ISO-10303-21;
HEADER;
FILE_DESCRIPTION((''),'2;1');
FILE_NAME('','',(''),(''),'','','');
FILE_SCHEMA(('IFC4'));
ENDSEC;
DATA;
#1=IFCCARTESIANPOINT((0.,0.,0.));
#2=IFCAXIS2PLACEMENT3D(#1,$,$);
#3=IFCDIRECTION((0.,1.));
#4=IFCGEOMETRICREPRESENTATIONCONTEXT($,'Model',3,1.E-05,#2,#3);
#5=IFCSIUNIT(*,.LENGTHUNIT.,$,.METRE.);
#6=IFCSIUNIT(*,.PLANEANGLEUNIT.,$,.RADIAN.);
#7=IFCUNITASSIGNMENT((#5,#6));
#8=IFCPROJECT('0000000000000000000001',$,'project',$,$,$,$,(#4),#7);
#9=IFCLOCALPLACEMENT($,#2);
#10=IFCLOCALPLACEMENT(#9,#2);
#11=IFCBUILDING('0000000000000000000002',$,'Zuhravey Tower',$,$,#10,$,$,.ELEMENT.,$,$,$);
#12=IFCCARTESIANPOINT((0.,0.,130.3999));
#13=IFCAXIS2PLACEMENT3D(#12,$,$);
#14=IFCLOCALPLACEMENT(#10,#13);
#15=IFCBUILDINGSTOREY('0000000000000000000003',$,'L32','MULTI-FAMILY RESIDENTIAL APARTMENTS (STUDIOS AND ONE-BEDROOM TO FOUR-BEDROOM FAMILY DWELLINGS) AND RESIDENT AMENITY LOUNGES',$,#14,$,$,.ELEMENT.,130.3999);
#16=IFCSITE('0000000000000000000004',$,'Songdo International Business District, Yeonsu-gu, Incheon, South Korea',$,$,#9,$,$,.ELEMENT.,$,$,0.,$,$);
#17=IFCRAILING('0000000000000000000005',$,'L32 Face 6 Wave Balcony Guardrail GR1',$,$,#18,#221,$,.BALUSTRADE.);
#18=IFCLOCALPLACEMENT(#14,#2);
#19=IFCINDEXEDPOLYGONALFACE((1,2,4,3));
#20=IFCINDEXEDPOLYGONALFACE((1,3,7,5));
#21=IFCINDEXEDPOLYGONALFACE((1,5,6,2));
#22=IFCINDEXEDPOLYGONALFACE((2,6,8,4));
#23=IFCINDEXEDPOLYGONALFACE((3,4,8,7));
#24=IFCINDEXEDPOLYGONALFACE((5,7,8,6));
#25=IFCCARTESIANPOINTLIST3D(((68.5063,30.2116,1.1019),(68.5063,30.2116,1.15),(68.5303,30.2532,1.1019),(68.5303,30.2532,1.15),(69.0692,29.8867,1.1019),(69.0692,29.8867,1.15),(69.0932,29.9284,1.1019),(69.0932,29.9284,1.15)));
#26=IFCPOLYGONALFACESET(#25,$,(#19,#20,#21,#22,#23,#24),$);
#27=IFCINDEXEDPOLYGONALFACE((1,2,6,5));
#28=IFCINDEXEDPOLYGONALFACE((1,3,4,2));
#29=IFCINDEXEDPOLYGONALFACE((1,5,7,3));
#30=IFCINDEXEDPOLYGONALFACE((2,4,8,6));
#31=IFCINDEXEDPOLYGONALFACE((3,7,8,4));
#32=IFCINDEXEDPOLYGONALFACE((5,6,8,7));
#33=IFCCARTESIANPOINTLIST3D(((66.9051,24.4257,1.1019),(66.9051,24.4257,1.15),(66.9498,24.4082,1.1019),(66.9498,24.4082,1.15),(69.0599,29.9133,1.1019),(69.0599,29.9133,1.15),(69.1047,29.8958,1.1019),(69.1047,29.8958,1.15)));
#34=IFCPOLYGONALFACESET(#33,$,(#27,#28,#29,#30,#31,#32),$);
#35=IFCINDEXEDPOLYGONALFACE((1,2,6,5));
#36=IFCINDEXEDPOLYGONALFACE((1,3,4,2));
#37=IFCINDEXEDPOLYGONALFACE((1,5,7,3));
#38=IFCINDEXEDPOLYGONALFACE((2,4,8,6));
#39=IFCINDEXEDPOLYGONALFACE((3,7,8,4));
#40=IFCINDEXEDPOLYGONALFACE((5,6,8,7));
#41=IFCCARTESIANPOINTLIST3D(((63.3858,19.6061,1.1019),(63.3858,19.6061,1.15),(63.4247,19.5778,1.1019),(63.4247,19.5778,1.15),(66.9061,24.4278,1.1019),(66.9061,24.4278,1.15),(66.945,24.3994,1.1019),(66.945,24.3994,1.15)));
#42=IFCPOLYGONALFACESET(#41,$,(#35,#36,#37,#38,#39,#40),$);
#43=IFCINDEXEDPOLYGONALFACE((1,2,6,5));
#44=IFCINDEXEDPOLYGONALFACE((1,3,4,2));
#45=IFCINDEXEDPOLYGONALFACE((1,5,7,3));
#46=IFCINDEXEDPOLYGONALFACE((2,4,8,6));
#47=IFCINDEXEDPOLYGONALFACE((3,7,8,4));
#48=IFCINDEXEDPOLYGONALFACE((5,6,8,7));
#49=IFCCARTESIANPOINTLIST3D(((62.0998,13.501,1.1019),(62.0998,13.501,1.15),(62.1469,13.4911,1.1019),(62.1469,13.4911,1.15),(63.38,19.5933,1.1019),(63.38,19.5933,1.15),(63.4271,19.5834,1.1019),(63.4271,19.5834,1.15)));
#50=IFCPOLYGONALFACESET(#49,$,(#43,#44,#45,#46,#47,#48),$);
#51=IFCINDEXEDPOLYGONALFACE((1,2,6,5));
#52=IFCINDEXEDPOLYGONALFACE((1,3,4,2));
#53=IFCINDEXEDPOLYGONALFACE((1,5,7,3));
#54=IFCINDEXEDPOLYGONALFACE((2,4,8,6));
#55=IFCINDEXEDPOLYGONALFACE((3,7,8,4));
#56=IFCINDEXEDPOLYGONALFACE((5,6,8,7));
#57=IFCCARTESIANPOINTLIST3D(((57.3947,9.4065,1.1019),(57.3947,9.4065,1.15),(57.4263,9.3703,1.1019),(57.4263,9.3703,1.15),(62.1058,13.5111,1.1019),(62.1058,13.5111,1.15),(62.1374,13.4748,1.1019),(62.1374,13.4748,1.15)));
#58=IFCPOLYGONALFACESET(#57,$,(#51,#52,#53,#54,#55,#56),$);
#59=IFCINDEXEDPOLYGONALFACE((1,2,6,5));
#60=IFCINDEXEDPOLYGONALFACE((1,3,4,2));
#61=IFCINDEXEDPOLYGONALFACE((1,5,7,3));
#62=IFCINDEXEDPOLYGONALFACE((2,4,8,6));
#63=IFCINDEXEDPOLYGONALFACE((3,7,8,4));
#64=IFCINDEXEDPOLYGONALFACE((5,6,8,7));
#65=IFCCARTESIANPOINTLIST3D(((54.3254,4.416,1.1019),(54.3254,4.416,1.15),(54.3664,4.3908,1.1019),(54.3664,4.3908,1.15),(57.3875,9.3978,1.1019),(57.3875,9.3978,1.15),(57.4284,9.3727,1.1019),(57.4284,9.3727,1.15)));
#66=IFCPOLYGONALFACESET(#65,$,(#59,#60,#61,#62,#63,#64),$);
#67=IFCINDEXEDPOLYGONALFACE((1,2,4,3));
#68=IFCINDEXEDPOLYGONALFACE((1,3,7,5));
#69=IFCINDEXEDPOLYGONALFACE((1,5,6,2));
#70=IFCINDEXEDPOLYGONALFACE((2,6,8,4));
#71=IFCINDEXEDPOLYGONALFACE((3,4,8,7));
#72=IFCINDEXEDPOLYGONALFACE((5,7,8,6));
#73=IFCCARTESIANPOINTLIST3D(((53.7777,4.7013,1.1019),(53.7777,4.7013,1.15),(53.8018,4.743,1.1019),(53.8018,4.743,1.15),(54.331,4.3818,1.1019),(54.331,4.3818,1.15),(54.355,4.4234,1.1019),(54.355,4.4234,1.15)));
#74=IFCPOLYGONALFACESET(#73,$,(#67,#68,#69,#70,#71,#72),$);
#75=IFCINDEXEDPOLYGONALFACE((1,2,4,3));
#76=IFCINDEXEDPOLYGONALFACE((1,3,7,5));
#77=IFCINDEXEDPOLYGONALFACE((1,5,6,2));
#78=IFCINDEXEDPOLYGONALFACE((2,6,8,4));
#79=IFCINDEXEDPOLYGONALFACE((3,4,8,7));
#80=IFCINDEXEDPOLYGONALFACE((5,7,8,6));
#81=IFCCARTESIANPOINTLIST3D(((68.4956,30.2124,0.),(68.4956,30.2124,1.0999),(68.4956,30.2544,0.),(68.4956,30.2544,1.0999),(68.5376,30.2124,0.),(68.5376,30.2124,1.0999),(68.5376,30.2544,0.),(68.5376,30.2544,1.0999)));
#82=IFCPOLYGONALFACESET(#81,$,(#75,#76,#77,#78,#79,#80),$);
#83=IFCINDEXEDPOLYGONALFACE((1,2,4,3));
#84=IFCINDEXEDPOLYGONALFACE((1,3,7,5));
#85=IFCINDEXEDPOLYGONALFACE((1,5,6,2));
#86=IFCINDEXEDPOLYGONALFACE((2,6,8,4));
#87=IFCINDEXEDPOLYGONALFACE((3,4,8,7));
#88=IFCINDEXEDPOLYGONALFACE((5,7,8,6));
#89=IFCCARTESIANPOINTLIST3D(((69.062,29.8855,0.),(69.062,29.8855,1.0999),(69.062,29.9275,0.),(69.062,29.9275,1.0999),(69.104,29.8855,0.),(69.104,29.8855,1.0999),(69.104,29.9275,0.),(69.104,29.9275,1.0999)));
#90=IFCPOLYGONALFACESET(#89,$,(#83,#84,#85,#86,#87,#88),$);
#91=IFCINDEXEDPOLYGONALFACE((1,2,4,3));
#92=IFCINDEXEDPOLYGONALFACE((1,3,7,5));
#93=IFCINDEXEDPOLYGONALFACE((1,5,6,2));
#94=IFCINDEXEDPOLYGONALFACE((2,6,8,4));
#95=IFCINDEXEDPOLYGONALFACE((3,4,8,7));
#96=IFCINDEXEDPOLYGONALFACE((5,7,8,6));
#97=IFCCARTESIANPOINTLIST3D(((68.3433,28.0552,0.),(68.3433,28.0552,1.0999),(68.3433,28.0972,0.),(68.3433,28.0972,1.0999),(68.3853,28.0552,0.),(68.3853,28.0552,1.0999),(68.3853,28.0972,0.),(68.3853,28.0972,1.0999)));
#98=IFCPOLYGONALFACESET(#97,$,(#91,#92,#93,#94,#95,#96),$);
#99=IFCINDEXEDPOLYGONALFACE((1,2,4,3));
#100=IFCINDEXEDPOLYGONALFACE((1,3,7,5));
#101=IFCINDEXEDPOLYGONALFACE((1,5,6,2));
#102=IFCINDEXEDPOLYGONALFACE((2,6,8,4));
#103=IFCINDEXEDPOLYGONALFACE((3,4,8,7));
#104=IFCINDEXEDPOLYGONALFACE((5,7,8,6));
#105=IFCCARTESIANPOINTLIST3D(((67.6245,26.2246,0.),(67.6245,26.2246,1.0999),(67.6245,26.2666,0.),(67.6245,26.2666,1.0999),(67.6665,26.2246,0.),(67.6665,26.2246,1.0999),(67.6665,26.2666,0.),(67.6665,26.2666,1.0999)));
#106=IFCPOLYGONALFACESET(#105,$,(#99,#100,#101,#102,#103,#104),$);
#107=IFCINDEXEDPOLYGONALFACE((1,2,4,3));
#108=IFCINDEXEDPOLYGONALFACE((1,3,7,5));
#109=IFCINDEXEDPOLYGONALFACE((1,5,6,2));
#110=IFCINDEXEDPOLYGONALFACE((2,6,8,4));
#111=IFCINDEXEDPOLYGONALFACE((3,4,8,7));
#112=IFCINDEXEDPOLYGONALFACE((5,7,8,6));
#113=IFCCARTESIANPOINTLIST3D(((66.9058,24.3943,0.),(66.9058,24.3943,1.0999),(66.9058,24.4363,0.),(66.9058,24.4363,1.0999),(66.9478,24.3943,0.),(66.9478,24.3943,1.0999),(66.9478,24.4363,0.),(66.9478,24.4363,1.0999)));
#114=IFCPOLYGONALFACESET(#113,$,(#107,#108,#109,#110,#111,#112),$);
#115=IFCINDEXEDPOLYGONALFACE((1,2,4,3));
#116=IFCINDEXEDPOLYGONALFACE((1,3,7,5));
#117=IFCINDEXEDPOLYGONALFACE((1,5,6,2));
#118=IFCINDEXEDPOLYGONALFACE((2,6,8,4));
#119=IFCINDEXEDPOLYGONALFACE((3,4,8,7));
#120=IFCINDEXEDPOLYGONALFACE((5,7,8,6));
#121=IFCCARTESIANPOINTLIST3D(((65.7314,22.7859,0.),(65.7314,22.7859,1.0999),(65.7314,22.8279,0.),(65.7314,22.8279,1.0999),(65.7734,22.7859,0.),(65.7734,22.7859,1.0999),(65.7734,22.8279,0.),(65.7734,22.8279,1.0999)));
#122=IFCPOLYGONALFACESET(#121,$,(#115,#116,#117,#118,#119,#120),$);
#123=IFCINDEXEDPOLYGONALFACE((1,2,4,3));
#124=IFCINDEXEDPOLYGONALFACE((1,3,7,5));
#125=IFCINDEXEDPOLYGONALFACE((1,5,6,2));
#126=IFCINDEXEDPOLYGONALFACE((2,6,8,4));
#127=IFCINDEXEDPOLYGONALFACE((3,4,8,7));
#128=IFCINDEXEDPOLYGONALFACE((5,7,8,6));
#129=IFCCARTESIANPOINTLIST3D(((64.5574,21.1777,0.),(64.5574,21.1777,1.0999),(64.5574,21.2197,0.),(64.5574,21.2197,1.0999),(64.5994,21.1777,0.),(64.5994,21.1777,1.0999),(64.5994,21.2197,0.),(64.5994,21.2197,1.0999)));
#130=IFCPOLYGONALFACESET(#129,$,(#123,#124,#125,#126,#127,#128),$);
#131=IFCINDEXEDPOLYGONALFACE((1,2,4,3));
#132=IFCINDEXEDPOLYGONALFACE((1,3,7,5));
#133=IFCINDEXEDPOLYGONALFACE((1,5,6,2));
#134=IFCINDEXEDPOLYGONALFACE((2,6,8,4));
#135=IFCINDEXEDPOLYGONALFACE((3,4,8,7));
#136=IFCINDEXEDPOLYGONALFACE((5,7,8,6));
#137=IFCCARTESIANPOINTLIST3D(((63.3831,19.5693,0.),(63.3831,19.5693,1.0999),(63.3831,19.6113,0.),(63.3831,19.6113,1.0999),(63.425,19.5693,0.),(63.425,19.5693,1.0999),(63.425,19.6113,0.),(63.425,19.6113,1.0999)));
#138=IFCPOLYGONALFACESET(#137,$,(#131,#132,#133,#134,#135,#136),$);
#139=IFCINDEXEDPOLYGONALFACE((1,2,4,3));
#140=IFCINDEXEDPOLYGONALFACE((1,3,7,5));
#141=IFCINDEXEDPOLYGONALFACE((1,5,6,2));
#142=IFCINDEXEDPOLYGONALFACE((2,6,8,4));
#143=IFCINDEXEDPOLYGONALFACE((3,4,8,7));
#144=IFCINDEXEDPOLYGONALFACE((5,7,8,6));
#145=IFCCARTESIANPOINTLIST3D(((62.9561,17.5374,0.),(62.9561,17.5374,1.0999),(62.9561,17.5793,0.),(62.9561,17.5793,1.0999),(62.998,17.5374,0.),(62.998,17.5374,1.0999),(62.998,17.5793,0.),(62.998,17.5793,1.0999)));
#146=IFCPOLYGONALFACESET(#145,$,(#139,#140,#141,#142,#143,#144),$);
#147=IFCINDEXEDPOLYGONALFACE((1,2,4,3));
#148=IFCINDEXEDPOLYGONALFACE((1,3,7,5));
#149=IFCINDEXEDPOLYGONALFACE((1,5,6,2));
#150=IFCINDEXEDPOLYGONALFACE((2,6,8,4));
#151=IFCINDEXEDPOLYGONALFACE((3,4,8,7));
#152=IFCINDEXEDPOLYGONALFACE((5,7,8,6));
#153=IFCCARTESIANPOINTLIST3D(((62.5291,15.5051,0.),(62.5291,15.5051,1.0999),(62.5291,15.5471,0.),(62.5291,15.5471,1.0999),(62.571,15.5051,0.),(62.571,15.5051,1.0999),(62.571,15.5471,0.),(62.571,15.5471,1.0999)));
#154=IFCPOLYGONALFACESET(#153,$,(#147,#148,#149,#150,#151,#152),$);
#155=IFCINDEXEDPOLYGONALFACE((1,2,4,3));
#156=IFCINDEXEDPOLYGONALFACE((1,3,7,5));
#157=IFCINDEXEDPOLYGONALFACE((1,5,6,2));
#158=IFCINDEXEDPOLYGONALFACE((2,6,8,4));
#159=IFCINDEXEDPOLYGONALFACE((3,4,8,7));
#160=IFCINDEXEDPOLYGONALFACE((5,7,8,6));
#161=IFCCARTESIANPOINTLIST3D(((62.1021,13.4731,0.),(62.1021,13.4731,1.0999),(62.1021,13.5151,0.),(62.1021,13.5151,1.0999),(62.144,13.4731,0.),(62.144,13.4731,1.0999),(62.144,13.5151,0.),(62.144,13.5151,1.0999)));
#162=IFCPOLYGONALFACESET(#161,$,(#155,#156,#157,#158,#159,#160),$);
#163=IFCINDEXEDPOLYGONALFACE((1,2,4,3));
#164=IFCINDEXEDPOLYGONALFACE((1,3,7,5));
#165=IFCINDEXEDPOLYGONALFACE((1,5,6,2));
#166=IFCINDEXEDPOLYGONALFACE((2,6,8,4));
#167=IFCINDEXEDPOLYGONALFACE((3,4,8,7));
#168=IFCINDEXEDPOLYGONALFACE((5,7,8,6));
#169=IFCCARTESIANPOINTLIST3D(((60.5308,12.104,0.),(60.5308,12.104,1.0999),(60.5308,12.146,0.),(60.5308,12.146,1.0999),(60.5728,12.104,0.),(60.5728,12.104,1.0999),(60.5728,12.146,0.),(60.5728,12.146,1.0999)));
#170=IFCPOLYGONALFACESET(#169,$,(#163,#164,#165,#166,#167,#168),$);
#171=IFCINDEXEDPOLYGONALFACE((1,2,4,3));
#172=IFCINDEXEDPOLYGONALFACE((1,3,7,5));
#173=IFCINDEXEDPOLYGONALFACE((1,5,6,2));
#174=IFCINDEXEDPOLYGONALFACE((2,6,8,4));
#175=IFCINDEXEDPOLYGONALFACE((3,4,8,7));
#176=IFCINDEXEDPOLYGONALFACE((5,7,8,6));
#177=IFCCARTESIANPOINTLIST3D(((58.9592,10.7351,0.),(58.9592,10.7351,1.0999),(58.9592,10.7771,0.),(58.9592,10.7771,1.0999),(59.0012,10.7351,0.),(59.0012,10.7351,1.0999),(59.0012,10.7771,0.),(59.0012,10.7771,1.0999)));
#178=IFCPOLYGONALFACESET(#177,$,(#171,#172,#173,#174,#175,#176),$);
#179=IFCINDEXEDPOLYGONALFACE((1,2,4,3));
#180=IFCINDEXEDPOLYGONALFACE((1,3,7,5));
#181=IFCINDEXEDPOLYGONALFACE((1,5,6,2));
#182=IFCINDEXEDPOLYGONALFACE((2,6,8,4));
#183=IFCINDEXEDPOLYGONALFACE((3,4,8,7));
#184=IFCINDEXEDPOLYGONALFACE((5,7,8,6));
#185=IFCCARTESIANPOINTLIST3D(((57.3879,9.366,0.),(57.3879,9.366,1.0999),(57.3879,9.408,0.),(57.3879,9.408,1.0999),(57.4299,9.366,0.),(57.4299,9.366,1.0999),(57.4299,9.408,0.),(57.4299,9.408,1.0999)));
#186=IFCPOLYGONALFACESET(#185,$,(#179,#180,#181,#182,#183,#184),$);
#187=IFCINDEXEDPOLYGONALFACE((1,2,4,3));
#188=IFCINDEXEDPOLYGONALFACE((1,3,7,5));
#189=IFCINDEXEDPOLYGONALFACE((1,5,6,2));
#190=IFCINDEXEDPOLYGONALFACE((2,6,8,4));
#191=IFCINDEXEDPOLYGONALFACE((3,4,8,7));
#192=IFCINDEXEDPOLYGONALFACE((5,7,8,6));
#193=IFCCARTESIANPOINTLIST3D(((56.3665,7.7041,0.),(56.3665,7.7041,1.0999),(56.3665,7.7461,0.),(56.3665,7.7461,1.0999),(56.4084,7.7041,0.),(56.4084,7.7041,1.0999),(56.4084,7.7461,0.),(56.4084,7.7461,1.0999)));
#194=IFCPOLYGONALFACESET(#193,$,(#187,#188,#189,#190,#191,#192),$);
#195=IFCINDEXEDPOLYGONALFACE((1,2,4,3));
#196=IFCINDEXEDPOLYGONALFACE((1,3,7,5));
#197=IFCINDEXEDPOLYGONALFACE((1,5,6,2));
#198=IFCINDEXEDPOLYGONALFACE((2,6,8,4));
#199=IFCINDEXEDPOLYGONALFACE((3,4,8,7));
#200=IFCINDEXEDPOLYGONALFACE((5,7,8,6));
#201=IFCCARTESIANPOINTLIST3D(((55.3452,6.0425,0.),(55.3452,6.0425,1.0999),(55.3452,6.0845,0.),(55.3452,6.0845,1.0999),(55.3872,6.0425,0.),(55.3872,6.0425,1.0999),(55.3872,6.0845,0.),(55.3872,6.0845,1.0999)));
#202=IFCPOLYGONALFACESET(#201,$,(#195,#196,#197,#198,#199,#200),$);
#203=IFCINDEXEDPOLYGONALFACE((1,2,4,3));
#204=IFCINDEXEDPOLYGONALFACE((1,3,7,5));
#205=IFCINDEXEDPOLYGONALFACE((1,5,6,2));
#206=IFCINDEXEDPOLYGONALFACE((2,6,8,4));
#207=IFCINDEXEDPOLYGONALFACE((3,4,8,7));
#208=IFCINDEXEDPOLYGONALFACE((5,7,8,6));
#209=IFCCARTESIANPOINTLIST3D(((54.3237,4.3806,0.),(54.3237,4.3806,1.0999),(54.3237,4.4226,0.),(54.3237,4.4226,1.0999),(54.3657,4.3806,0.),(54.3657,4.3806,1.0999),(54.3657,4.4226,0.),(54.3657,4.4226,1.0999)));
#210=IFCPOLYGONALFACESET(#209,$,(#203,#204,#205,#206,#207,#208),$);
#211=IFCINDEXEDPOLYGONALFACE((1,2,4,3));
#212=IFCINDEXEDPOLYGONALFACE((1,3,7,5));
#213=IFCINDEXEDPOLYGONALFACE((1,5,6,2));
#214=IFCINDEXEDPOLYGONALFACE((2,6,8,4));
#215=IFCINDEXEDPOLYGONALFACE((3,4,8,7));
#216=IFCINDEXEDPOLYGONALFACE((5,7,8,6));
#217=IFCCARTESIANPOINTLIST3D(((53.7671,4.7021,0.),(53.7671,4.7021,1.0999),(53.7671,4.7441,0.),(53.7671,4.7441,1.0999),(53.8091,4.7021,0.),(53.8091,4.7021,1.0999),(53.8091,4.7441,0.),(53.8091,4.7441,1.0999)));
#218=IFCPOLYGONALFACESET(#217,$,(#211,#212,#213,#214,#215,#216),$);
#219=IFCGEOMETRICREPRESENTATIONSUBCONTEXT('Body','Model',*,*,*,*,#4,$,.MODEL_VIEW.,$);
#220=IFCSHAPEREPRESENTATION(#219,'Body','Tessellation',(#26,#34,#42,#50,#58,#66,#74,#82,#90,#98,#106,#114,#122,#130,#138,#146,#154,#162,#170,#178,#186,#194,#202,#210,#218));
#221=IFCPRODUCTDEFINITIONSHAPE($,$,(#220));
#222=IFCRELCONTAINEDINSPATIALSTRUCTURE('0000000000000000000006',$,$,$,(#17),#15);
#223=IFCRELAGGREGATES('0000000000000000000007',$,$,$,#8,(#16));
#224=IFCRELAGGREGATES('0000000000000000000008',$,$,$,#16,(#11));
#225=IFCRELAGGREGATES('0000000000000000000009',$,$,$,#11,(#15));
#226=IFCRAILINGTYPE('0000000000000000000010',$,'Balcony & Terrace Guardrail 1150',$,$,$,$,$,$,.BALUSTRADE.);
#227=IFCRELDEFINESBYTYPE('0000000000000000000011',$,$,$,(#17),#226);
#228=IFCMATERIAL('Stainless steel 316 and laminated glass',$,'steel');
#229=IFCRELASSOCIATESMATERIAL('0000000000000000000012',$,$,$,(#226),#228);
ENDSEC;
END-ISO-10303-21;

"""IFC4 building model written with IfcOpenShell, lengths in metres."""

from ifc_helpers import new_model, si_unit, direction, frame, origin, origin_2d, place, context, subcontext, project, spatial, rectangle, extrude, material, type_object, element, save


model = new_model("IFC4")

# Units and contexts
model_context = context("Model", 3, precision=1e-05, world=origin(), true_north=direction((0.0, 1.0)))
body_context = subcontext(model_context, "Body", "Model", "MODEL_VIEW")
ifc_project = project(units=[si_unit("LENGTHUNIT", "METRE"), si_unit("PLANEANGLEUNIT", "RADIAN")], contexts=[model_context])

# Site, building, storey
site_placement = place(None, origin())
site = spatial("IfcSite", under=ifc_project, at=site_placement, Name="Songdo International Business District, Yeonsu-gu, Incheon, South Korea", CompositionType="ELEMENT", RefElevation=0.0)
building_placement = place(site_placement, origin())
building = spatial("IfcBuilding", under=site, at=building_placement, Name="Zuhravey Tower", CompositionType="ELEMENT")
storey_placement = place(building_placement, frame((0.0, 0.0, 130.3999)))
storey = spatial("IfcBuildingStorey", under=building, at=storey_placement, Name="L32", Description="MULTI-FAMILY RESIDENTIAL APARTMENTS (STUDIOS AND ONE-BEDROOM TO FOUR-BEDROOM FAMILY DWELLINGS) AND RESIDENT AMENITY LOUNGES", CompositionType="ELEMENT", Elevation=130.3999)

# Railing
ifc_material_1 = material(Name="Stainless steel 316 and laminated glass", Category="steel")
railing_type = type_object("IfcRailingType", Name="Balcony & Terrace Guardrail 1150", PredefinedType="BALUSTRADE", material=ifc_material_1)
railing_placement = place(storey_placement, frame((68.5166, 30.2334, 0.0)))
element("IfcRailing", 1, at=railing_placement, inside=storey, type_object=railing_type, Name="L32 Face 6 Wave Balcony Guardrail GR1", PredefinedType="BALUSTRADE", context=body_context, shape_type="SweptSolid", body=[
    extrude(rectangle(XDim=0.0481, YDim=0.0481, at=origin_2d()), frame((0.0017, -0.001, 1.126), z_axis=(0.866099, -0.499873, 0.0), x_axis=(0.499873, 0.866099, 0.0)), (0.0, 0.0, 1.0), 0.6499),
    extrude(rectangle(XDim=0.0481, YDim=0.0481, at=origin_2d()), frame((0.5657, -0.3289, 1.126), z_axis=(-0.365504, -0.93081, 0.0), x_axis=(0.93081, -0.365504, 0.0)), (0.0, 0.0, 1.0), 5.8955),
    extrude(rectangle(XDim=0.0481, YDim=0.0481, at=origin_2d()), frame((-1.5911, -5.8198, 1.126), z_axis=(-0.589665, -0.807648, 0.0), x_axis=(0.807648, -0.589665, 0.0)), (0.0, 0.0, 1.0), 5.97),
    extrude(rectangle(XDim=0.0481, YDim=0.0481, at=origin_2d()), frame((-5.113, -10.645, 1.126), z_axis=(-0.205641, -0.978627, 0.0), x_axis=(0.978627, -0.205641, 0.0)), (0.0, 0.0, 1.0), 6.2253),
    extrude(rectangle(XDim=0.0481, YDim=0.0481, at=origin_2d()), frame((-6.395, -16.7405, 1.126), z_axis=(-0.753976, -0.656903, 0.0), x_axis=(0.656903, -0.753976, 0.0)), (0.0, 0.0, 1.0), 6.2483),
    extrude(rectangle(XDim=0.0481, YDim=0.0481, at=origin_2d()), frame((-11.1086, -20.8481, 1.126), z_axis=(-0.523639, -0.85194, 0.0), x_axis=(0.85194, -0.523639, 0.0)), (0.0, 0.0, 1.0), 5.8477),
    extrude(rectangle(XDim=0.0481, YDim=0.0481, at=origin_2d()), frame((-14.1736, -25.8308, 1.126), z_axis=(-0.86592, 0.500183, 0.0), x_axis=(-0.500183, -0.86592, 0.0)), (0.0, 0.0, 1.0), 0.6389),
    extrude(rectangle(XDim=0.042, YDim=0.042, at=origin_2d()), origin(), (0.0, 0.0, 1.0), 1.0999),
    extrude(rectangle(XDim=0.042, YDim=0.042, at=origin_2d()), frame((0.5664, -0.3269, 0.0)), (0.0, 0.0, 1.0), 1.0999),
    extrude(rectangle(XDim=0.042, YDim=0.042, at=origin_2d()), frame((-0.1523, -2.1572, 0.0)), (0.0, 0.0, 1.0), 1.0999),
    extrude(rectangle(XDim=0.042, YDim=0.042, at=origin_2d()), frame((-0.8711, -3.9878, 0.0)), (0.0, 0.0, 1.0), 1.0999),
    extrude(rectangle(XDim=0.042, YDim=0.042, at=origin_2d()), frame((-1.5898, -5.8181, 0.0)), (0.0, 0.0, 1.0), 1.0999),
    extrude(rectangle(XDim=0.042, YDim=0.042, at=origin_2d()), frame((-2.7642, -7.4265, 0.0)), (0.0, 0.0, 1.0), 1.0999),
    extrude(rectangle(XDim=0.042, YDim=0.042, at=origin_2d()), frame((-3.9382, -9.0347, 0.0)), (0.0, 0.0, 1.0), 1.0999),
    extrude(rectangle(XDim=0.042, YDim=0.042, at=origin_2d()), frame((-5.1125, -10.6431, 0.0)), (0.0, 0.0, 1.0), 1.0999),
    extrude(rectangle(XDim=0.042, YDim=0.042, at=origin_2d()), frame((-5.5396, -12.675, 0.0)), (0.0, 0.0, 1.0), 1.0999),
    extrude(rectangle(XDim=0.042, YDim=0.042, at=origin_2d()), frame((-5.9666, -14.7073, 0.0)), (0.0, 0.0, 1.0), 1.0999),
    extrude(rectangle(XDim=0.042, YDim=0.042, at=origin_2d()), frame((-6.3936, -16.7393, 0.0)), (0.0, 0.0, 1.0), 1.0999),
    extrude(rectangle(XDim=0.042, YDim=0.042, at=origin_2d()), frame((-7.9648, -18.1084, 0.0)), (0.0, 0.0, 1.0), 1.0999),
    extrude(rectangle(XDim=0.042, YDim=0.042, at=origin_2d()), frame((-9.5364, -19.4773, 0.0)), (0.0, 0.0, 1.0), 1.0999),
    extrude(rectangle(XDim=0.042, YDim=0.042, at=origin_2d()), frame((-11.1077, -20.8464, 0.0)), (0.0, 0.0, 1.0), 1.0999),
    extrude(rectangle(XDim=0.042, YDim=0.042, at=origin_2d()), frame((-12.1292, -22.5083, 0.0)), (0.0, 0.0, 1.0), 1.0999),
    extrude(rectangle(XDim=0.042, YDim=0.042, at=origin_2d()), frame((-13.1504, -24.1699, 0.0)), (0.0, 0.0, 1.0), 1.0999),
    extrude(rectangle(XDim=0.042, YDim=0.042, at=origin_2d()), frame((-14.1719, -25.8318, 0.0)), (0.0, 0.0, 1.0), 1.0999),
    extrude(rectangle(XDim=0.042, YDim=0.042, at=origin_2d()), frame((-14.7285, -25.5103, 0.0)), (0.0, 0.0, 1.0), 1.0999),
])

save(model, "model.ifc")
